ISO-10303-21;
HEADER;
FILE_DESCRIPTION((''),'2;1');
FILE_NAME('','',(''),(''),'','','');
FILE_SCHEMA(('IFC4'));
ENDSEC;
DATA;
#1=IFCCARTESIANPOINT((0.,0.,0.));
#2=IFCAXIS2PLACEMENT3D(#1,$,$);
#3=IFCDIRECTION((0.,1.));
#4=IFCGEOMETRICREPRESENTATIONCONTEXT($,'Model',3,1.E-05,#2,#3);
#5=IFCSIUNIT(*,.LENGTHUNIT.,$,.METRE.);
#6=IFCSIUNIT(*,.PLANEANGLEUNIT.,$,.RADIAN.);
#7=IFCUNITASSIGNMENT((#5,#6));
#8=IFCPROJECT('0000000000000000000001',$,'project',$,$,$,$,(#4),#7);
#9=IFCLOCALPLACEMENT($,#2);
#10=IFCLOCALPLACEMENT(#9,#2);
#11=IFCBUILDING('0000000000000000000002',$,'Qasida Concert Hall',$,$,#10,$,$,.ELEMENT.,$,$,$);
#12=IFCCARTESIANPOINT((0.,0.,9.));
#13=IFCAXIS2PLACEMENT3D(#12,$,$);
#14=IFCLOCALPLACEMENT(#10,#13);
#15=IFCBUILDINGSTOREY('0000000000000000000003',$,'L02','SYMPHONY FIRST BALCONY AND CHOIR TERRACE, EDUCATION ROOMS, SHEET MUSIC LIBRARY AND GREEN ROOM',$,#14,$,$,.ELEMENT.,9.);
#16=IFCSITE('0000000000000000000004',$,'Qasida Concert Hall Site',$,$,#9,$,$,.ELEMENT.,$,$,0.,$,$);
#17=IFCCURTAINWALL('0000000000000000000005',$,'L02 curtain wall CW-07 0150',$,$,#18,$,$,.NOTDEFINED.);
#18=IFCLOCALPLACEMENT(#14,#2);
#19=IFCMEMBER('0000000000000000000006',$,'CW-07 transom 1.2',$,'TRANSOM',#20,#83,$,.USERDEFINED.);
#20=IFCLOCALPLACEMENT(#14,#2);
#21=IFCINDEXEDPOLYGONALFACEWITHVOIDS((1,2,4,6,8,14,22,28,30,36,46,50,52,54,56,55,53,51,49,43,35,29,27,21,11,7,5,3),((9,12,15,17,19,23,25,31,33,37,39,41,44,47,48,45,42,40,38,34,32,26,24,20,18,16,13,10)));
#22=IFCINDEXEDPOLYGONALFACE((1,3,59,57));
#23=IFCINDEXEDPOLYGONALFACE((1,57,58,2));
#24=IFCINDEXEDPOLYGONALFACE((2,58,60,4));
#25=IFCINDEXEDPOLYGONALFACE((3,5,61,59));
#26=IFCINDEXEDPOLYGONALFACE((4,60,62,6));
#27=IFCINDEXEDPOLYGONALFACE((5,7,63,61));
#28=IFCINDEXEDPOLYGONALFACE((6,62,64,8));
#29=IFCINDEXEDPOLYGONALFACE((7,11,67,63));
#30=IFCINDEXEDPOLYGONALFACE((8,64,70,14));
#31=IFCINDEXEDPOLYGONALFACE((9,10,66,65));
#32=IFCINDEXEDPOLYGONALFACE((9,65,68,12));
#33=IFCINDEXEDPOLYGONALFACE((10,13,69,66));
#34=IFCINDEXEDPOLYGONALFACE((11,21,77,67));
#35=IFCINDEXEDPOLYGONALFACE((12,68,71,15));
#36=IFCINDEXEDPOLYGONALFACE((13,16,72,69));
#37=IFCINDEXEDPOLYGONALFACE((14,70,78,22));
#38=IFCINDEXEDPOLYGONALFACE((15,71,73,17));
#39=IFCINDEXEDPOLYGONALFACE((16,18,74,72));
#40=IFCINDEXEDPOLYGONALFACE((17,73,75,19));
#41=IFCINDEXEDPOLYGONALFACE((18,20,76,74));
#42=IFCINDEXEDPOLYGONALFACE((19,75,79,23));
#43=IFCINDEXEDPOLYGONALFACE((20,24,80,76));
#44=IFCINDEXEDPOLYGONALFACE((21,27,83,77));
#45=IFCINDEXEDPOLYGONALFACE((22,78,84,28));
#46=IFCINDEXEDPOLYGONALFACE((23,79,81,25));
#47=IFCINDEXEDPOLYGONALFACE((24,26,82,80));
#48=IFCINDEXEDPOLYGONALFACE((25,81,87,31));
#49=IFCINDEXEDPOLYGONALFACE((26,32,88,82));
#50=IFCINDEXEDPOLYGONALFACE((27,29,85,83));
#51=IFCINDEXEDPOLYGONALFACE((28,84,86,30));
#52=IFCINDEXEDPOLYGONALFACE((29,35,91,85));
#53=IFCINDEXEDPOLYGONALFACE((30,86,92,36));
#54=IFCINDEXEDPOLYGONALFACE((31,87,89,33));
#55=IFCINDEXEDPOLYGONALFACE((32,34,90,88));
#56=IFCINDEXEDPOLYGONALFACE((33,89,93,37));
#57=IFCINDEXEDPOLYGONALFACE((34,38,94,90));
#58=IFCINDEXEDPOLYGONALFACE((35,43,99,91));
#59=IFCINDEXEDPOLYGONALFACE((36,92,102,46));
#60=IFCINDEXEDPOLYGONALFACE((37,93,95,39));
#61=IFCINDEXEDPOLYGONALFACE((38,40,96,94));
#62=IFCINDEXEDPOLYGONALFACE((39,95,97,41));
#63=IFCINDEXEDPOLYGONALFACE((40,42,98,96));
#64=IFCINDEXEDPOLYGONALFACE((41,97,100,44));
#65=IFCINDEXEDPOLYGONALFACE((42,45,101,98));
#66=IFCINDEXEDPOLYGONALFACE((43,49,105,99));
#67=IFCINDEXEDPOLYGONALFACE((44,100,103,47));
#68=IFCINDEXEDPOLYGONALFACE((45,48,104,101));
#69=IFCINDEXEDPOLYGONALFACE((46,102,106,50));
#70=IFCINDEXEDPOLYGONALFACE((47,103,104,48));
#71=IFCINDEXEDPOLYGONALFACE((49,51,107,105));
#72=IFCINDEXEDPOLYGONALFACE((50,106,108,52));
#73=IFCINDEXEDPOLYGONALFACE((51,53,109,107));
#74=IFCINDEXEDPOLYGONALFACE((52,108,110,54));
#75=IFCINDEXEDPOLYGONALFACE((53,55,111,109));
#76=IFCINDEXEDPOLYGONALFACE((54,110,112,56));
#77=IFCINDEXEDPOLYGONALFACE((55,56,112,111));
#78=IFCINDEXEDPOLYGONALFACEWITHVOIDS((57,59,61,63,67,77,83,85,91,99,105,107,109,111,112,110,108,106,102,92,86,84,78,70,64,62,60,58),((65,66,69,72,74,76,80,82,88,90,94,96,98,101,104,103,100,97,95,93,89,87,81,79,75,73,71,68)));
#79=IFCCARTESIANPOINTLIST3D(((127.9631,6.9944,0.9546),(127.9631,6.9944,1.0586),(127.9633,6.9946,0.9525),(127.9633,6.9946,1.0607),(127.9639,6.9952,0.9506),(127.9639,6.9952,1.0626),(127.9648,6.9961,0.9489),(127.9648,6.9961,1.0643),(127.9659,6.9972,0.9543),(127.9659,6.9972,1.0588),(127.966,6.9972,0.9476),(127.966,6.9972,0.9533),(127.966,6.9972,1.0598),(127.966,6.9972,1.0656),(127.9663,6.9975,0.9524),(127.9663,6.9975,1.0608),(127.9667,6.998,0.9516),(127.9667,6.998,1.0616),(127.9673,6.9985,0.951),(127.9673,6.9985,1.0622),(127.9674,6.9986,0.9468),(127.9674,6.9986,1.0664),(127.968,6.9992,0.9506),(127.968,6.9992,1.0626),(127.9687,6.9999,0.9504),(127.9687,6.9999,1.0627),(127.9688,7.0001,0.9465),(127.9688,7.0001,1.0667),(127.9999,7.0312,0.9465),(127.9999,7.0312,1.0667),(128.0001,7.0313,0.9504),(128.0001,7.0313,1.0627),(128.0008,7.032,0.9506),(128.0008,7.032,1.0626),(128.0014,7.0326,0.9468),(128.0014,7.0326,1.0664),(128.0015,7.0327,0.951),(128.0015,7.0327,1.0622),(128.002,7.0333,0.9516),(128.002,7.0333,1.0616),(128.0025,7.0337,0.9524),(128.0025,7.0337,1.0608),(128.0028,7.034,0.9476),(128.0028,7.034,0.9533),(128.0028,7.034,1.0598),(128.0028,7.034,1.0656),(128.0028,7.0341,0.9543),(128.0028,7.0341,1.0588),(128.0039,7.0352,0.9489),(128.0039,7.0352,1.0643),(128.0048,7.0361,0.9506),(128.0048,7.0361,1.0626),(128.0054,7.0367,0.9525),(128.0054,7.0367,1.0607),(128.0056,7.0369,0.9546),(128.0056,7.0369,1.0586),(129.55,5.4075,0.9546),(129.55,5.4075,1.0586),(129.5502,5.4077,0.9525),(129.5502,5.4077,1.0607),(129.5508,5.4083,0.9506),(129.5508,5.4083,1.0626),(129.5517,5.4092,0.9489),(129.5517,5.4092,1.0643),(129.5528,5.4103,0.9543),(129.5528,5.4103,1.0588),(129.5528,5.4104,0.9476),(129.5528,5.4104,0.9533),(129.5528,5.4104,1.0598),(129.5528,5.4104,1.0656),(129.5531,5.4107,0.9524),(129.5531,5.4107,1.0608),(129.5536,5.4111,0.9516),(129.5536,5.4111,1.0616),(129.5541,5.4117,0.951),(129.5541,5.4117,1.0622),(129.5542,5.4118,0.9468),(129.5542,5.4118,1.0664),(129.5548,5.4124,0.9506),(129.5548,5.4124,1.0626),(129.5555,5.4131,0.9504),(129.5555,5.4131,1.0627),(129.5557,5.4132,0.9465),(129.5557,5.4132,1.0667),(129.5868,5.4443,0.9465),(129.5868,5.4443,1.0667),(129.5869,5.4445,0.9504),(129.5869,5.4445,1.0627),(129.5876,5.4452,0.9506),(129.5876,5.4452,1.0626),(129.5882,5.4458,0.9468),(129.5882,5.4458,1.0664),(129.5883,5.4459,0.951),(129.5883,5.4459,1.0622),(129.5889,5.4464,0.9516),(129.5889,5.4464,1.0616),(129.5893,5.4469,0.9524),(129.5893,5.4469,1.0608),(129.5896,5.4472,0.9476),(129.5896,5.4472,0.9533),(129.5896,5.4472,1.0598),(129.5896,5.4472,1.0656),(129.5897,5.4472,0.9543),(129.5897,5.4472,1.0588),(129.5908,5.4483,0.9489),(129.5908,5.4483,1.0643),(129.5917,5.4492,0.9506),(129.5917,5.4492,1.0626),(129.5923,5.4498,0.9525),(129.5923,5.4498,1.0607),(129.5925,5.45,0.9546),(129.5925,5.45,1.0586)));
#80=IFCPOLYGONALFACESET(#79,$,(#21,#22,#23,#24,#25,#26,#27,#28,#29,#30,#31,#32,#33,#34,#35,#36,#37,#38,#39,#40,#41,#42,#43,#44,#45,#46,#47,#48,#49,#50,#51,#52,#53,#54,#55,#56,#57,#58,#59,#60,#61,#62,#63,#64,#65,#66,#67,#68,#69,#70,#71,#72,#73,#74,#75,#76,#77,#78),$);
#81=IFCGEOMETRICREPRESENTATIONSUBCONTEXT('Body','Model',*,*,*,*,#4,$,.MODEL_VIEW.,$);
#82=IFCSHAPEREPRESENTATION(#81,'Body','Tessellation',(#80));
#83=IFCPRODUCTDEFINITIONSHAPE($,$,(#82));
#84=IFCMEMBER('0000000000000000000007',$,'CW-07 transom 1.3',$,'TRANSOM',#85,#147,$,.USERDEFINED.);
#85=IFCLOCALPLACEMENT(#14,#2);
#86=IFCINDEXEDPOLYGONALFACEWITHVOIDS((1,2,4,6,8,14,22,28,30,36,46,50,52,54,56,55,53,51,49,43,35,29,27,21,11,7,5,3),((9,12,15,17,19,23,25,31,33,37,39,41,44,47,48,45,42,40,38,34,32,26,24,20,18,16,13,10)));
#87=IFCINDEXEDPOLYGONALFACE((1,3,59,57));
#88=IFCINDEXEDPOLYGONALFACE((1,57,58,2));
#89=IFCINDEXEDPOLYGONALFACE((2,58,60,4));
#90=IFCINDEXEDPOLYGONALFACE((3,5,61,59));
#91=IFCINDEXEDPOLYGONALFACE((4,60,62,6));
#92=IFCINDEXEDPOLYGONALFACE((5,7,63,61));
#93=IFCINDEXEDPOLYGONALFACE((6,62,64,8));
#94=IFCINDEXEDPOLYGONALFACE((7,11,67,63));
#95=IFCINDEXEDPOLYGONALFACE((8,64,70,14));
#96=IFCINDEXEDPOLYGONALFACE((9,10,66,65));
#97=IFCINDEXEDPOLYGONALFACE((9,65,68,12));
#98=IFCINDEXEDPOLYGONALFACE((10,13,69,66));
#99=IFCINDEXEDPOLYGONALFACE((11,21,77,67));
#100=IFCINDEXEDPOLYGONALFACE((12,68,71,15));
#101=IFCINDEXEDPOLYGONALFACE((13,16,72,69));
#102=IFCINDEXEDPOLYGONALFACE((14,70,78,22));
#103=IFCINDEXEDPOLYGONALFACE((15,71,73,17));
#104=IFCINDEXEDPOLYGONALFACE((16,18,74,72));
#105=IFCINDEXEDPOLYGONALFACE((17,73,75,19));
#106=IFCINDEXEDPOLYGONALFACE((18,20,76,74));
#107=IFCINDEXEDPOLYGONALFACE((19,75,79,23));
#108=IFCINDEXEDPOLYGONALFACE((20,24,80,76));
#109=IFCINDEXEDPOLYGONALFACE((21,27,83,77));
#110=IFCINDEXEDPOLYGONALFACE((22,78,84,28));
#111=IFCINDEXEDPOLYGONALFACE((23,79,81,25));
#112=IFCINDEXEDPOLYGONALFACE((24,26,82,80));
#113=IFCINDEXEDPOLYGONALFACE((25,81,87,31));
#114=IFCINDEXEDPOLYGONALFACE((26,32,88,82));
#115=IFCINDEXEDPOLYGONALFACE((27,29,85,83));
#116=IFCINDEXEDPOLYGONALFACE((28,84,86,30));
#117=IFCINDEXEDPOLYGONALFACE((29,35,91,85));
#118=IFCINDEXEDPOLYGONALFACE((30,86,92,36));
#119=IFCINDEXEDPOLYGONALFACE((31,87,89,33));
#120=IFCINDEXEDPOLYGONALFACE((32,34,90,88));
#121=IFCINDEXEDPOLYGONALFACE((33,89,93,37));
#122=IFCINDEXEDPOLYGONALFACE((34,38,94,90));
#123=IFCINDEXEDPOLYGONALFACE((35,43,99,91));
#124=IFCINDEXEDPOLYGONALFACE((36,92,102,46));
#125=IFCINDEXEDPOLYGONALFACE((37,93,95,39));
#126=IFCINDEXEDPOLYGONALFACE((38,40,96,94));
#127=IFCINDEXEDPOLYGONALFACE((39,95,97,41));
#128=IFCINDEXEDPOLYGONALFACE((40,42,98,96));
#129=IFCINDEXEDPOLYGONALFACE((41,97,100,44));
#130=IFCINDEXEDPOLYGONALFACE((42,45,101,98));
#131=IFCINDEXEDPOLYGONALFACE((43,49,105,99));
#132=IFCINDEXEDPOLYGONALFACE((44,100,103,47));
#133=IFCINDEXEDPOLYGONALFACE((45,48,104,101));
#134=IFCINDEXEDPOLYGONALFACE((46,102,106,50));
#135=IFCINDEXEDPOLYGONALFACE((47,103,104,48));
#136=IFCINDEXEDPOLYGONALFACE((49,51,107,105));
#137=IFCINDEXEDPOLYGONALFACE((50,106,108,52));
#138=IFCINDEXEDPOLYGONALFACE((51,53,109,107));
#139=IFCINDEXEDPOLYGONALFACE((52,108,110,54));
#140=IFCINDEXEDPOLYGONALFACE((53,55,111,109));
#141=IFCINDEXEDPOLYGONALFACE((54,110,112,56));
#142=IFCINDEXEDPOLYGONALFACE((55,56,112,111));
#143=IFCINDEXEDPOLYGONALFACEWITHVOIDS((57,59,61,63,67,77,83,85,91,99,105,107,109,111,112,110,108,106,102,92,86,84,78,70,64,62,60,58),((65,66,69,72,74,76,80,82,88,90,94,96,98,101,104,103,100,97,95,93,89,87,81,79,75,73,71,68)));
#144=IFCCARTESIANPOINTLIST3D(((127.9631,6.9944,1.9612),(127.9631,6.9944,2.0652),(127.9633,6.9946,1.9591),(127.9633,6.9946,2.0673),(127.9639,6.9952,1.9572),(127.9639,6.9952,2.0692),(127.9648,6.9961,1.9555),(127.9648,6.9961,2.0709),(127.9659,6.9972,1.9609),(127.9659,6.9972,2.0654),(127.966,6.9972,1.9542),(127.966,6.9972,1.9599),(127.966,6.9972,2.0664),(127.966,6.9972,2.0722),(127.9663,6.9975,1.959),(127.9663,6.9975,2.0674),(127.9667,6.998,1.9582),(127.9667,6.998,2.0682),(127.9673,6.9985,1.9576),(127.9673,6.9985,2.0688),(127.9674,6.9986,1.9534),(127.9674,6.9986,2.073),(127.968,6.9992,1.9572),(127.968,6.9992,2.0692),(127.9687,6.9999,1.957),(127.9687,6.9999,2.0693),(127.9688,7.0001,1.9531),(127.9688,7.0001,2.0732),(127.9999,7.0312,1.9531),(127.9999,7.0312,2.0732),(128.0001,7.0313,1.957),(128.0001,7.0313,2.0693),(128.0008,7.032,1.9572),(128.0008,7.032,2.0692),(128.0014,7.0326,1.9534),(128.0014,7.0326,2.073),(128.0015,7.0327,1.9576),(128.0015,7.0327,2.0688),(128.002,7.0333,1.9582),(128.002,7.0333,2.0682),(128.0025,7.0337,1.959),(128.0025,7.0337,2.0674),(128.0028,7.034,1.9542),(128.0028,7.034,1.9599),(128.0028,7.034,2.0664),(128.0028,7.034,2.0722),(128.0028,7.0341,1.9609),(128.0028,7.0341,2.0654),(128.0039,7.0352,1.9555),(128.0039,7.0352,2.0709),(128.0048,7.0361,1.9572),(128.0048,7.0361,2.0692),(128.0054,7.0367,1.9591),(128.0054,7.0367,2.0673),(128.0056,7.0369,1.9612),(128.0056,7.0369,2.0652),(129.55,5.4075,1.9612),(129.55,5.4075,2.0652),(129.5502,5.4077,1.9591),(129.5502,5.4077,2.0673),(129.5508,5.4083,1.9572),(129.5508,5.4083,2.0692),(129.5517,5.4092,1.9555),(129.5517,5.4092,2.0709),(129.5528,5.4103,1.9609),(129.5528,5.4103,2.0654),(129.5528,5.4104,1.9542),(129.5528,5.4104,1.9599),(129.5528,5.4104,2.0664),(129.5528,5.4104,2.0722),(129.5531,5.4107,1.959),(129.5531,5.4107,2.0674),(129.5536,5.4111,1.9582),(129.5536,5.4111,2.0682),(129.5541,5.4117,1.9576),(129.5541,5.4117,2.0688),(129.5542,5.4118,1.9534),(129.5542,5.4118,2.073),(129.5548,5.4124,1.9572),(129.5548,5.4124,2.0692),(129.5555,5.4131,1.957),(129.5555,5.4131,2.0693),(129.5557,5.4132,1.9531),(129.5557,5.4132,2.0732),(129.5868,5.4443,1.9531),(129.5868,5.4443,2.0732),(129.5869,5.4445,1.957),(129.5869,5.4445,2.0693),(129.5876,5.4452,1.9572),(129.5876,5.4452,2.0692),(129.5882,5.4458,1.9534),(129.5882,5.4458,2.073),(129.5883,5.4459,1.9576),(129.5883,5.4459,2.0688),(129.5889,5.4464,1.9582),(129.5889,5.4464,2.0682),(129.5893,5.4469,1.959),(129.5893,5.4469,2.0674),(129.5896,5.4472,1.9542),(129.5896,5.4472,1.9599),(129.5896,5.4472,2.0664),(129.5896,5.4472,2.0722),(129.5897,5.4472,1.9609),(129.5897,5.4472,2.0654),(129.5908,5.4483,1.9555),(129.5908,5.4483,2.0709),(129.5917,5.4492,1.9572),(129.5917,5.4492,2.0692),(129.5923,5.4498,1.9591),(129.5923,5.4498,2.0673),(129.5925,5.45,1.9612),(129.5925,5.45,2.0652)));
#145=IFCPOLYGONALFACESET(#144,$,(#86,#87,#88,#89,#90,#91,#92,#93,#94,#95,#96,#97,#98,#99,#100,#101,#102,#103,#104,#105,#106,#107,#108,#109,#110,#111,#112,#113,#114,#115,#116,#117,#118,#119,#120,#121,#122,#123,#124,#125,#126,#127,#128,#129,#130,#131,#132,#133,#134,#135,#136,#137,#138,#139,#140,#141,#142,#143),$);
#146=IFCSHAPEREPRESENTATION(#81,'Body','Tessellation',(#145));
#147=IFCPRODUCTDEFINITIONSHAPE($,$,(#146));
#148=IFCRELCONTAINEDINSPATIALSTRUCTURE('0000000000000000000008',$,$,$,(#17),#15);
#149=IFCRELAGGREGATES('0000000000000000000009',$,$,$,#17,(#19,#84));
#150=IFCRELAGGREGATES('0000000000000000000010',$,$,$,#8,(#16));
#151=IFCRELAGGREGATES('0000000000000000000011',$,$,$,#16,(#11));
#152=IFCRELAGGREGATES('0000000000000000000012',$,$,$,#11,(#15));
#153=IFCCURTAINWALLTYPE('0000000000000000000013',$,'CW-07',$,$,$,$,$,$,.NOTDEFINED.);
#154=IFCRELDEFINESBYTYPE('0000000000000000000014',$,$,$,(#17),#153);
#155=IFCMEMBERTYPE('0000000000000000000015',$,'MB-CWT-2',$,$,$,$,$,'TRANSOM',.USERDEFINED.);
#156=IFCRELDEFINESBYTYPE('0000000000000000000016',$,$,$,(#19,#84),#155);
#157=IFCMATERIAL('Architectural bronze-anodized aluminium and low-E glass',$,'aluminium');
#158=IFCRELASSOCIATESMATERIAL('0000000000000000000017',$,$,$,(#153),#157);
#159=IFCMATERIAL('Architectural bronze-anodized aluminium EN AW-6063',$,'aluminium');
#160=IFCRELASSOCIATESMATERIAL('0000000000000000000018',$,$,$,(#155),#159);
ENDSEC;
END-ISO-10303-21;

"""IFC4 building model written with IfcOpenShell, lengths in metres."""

from ifc_helpers import new_model, si_unit, direction, frame, origin, origin_2d, place, context, subcontext, project, spatial, hollow_rectangle, extrude, material, material_profile, profile_set, type_object, element, aggregate, save


model = new_model("IFC4")

# Units and contexts
model_context = context("Model", 3, precision=1e-05, world=origin(), true_north=direction((0.0, 1.0)))
body_context = subcontext(model_context, "Body", "Model", "MODEL_VIEW")
ifc_project = project(units=[si_unit("LENGTHUNIT", "METRE"), si_unit("PLANEANGLEUNIT", "RADIAN")], contexts=[model_context])

# Site, building, storey
site_placement = place(None, origin())
site = spatial("IfcSite", under=ifc_project, at=site_placement, Name="Qasida Concert Hall Site", CompositionType="ELEMENT", RefElevation=0.0)
building_placement = place(site_placement, origin())
building = spatial("IfcBuilding", under=site, at=building_placement, Name="Qasida Concert Hall", CompositionType="ELEMENT")
storey_placement = place(building_placement, frame((0.0, 0.0, 9.0)))
storey = spatial("IfcBuildingStorey", under=building, at=storey_placement, Name="L02", Description="SYMPHONY FIRST BALCONY AND CHOIR TERRACE, EDUCATION ROOMS, SHEET MUSIC LIBRARY AND GREEN ROOM", CompositionType="ELEMENT", Elevation=9.0)

# Shared definitions
ifc_material_1 = material(Name="Architectural bronze-anodized aluminium and low-E glass", Category="aluminium")
curtain_wall_type = type_object("IfcCurtainWallType", Name="CW-07", PredefinedType="NOTDEFINED", material=ifc_material_1)
ifc_material_2 = material(Name="Architectural bronze-anodized aluminium EN AW-6063", Category="aluminium")

# Curtain wall, members
curtain_wall_1_placement = place(storey_placement, origin())
curtain_wall_1 = element("IfcCurtainWall", 1, at=curtain_wall_1_placement, inside=storey, type_object=curtain_wall_type, Name="L02 curtain wall CW-07 0150", PredefinedType="NOTDEFINED")
ifc_material_profile_1 = material_profile(ifc_material_2, hollow_rectangle(XDim=0.0601, YDim=0.1201, WallThickness=0.0039, InnerFilletRadius=0.0039, OuterFilletRadius=0.0081, at=origin_2d()), Name="CWT 120x60x4")
ifc_profile_set_1 = profile_set([ifc_material_profile_1], Name="Architectural bronze-anodized aluminium EN AW-6063")
member_type_1 = type_object("IfcMemberType", Name="MB-CWT-2", ElementType="TRANSOM", PredefinedType="USERDEFINED", material=ifc_profile_set_1)
member_1_placement = place(storey_placement, frame((127.9844, 7.0156, 1.0066), z_axis=(0.707107, -0.707107, 0.0), x_axis=(0.707107, 0.707107, 0.0)))
member_1 = element("IfcMember", 2, at=member_1_placement, type_object=member_type_1, Name="CW-07 transom 1.2", ObjectType="TRANSOM", PredefinedType="USERDEFINED", context=body_context, shape_type="SweptSolid", body=[
    extrude(hollow_rectangle(XDim=0.0601, YDim=0.1201, WallThickness=0.0039, InnerFilletRadius=0.0039, OuterFilletRadius=0.0081, at=origin_2d()), origin(), (0.0, 0.0, 1.0), 2.2441),
])
member_2_placement = place(storey_placement, frame((127.9844, 7.0156, 2.0132), z_axis=(0.707107, -0.707107, 0.0), x_axis=(0.707107, 0.707107, 0.0)))
member_2 = element("IfcMember", 3, at=member_2_placement, type_object=member_type_1, Name="CW-07 transom 1.3", ObjectType="TRANSOM", PredefinedType="USERDEFINED", context=body_context, shape_type="SweptSolid", body=[
    extrude(hollow_rectangle(XDim=0.0601, YDim=0.1201, WallThickness=0.0039, InnerFilletRadius=0.0039, OuterFilletRadius=0.0081, at=origin_2d()), origin(), (0.0, 0.0, 1.0), 2.2441),
])

aggregate(curtain_wall_1, [member_1, member_2])

save(model, "model.ifc")
